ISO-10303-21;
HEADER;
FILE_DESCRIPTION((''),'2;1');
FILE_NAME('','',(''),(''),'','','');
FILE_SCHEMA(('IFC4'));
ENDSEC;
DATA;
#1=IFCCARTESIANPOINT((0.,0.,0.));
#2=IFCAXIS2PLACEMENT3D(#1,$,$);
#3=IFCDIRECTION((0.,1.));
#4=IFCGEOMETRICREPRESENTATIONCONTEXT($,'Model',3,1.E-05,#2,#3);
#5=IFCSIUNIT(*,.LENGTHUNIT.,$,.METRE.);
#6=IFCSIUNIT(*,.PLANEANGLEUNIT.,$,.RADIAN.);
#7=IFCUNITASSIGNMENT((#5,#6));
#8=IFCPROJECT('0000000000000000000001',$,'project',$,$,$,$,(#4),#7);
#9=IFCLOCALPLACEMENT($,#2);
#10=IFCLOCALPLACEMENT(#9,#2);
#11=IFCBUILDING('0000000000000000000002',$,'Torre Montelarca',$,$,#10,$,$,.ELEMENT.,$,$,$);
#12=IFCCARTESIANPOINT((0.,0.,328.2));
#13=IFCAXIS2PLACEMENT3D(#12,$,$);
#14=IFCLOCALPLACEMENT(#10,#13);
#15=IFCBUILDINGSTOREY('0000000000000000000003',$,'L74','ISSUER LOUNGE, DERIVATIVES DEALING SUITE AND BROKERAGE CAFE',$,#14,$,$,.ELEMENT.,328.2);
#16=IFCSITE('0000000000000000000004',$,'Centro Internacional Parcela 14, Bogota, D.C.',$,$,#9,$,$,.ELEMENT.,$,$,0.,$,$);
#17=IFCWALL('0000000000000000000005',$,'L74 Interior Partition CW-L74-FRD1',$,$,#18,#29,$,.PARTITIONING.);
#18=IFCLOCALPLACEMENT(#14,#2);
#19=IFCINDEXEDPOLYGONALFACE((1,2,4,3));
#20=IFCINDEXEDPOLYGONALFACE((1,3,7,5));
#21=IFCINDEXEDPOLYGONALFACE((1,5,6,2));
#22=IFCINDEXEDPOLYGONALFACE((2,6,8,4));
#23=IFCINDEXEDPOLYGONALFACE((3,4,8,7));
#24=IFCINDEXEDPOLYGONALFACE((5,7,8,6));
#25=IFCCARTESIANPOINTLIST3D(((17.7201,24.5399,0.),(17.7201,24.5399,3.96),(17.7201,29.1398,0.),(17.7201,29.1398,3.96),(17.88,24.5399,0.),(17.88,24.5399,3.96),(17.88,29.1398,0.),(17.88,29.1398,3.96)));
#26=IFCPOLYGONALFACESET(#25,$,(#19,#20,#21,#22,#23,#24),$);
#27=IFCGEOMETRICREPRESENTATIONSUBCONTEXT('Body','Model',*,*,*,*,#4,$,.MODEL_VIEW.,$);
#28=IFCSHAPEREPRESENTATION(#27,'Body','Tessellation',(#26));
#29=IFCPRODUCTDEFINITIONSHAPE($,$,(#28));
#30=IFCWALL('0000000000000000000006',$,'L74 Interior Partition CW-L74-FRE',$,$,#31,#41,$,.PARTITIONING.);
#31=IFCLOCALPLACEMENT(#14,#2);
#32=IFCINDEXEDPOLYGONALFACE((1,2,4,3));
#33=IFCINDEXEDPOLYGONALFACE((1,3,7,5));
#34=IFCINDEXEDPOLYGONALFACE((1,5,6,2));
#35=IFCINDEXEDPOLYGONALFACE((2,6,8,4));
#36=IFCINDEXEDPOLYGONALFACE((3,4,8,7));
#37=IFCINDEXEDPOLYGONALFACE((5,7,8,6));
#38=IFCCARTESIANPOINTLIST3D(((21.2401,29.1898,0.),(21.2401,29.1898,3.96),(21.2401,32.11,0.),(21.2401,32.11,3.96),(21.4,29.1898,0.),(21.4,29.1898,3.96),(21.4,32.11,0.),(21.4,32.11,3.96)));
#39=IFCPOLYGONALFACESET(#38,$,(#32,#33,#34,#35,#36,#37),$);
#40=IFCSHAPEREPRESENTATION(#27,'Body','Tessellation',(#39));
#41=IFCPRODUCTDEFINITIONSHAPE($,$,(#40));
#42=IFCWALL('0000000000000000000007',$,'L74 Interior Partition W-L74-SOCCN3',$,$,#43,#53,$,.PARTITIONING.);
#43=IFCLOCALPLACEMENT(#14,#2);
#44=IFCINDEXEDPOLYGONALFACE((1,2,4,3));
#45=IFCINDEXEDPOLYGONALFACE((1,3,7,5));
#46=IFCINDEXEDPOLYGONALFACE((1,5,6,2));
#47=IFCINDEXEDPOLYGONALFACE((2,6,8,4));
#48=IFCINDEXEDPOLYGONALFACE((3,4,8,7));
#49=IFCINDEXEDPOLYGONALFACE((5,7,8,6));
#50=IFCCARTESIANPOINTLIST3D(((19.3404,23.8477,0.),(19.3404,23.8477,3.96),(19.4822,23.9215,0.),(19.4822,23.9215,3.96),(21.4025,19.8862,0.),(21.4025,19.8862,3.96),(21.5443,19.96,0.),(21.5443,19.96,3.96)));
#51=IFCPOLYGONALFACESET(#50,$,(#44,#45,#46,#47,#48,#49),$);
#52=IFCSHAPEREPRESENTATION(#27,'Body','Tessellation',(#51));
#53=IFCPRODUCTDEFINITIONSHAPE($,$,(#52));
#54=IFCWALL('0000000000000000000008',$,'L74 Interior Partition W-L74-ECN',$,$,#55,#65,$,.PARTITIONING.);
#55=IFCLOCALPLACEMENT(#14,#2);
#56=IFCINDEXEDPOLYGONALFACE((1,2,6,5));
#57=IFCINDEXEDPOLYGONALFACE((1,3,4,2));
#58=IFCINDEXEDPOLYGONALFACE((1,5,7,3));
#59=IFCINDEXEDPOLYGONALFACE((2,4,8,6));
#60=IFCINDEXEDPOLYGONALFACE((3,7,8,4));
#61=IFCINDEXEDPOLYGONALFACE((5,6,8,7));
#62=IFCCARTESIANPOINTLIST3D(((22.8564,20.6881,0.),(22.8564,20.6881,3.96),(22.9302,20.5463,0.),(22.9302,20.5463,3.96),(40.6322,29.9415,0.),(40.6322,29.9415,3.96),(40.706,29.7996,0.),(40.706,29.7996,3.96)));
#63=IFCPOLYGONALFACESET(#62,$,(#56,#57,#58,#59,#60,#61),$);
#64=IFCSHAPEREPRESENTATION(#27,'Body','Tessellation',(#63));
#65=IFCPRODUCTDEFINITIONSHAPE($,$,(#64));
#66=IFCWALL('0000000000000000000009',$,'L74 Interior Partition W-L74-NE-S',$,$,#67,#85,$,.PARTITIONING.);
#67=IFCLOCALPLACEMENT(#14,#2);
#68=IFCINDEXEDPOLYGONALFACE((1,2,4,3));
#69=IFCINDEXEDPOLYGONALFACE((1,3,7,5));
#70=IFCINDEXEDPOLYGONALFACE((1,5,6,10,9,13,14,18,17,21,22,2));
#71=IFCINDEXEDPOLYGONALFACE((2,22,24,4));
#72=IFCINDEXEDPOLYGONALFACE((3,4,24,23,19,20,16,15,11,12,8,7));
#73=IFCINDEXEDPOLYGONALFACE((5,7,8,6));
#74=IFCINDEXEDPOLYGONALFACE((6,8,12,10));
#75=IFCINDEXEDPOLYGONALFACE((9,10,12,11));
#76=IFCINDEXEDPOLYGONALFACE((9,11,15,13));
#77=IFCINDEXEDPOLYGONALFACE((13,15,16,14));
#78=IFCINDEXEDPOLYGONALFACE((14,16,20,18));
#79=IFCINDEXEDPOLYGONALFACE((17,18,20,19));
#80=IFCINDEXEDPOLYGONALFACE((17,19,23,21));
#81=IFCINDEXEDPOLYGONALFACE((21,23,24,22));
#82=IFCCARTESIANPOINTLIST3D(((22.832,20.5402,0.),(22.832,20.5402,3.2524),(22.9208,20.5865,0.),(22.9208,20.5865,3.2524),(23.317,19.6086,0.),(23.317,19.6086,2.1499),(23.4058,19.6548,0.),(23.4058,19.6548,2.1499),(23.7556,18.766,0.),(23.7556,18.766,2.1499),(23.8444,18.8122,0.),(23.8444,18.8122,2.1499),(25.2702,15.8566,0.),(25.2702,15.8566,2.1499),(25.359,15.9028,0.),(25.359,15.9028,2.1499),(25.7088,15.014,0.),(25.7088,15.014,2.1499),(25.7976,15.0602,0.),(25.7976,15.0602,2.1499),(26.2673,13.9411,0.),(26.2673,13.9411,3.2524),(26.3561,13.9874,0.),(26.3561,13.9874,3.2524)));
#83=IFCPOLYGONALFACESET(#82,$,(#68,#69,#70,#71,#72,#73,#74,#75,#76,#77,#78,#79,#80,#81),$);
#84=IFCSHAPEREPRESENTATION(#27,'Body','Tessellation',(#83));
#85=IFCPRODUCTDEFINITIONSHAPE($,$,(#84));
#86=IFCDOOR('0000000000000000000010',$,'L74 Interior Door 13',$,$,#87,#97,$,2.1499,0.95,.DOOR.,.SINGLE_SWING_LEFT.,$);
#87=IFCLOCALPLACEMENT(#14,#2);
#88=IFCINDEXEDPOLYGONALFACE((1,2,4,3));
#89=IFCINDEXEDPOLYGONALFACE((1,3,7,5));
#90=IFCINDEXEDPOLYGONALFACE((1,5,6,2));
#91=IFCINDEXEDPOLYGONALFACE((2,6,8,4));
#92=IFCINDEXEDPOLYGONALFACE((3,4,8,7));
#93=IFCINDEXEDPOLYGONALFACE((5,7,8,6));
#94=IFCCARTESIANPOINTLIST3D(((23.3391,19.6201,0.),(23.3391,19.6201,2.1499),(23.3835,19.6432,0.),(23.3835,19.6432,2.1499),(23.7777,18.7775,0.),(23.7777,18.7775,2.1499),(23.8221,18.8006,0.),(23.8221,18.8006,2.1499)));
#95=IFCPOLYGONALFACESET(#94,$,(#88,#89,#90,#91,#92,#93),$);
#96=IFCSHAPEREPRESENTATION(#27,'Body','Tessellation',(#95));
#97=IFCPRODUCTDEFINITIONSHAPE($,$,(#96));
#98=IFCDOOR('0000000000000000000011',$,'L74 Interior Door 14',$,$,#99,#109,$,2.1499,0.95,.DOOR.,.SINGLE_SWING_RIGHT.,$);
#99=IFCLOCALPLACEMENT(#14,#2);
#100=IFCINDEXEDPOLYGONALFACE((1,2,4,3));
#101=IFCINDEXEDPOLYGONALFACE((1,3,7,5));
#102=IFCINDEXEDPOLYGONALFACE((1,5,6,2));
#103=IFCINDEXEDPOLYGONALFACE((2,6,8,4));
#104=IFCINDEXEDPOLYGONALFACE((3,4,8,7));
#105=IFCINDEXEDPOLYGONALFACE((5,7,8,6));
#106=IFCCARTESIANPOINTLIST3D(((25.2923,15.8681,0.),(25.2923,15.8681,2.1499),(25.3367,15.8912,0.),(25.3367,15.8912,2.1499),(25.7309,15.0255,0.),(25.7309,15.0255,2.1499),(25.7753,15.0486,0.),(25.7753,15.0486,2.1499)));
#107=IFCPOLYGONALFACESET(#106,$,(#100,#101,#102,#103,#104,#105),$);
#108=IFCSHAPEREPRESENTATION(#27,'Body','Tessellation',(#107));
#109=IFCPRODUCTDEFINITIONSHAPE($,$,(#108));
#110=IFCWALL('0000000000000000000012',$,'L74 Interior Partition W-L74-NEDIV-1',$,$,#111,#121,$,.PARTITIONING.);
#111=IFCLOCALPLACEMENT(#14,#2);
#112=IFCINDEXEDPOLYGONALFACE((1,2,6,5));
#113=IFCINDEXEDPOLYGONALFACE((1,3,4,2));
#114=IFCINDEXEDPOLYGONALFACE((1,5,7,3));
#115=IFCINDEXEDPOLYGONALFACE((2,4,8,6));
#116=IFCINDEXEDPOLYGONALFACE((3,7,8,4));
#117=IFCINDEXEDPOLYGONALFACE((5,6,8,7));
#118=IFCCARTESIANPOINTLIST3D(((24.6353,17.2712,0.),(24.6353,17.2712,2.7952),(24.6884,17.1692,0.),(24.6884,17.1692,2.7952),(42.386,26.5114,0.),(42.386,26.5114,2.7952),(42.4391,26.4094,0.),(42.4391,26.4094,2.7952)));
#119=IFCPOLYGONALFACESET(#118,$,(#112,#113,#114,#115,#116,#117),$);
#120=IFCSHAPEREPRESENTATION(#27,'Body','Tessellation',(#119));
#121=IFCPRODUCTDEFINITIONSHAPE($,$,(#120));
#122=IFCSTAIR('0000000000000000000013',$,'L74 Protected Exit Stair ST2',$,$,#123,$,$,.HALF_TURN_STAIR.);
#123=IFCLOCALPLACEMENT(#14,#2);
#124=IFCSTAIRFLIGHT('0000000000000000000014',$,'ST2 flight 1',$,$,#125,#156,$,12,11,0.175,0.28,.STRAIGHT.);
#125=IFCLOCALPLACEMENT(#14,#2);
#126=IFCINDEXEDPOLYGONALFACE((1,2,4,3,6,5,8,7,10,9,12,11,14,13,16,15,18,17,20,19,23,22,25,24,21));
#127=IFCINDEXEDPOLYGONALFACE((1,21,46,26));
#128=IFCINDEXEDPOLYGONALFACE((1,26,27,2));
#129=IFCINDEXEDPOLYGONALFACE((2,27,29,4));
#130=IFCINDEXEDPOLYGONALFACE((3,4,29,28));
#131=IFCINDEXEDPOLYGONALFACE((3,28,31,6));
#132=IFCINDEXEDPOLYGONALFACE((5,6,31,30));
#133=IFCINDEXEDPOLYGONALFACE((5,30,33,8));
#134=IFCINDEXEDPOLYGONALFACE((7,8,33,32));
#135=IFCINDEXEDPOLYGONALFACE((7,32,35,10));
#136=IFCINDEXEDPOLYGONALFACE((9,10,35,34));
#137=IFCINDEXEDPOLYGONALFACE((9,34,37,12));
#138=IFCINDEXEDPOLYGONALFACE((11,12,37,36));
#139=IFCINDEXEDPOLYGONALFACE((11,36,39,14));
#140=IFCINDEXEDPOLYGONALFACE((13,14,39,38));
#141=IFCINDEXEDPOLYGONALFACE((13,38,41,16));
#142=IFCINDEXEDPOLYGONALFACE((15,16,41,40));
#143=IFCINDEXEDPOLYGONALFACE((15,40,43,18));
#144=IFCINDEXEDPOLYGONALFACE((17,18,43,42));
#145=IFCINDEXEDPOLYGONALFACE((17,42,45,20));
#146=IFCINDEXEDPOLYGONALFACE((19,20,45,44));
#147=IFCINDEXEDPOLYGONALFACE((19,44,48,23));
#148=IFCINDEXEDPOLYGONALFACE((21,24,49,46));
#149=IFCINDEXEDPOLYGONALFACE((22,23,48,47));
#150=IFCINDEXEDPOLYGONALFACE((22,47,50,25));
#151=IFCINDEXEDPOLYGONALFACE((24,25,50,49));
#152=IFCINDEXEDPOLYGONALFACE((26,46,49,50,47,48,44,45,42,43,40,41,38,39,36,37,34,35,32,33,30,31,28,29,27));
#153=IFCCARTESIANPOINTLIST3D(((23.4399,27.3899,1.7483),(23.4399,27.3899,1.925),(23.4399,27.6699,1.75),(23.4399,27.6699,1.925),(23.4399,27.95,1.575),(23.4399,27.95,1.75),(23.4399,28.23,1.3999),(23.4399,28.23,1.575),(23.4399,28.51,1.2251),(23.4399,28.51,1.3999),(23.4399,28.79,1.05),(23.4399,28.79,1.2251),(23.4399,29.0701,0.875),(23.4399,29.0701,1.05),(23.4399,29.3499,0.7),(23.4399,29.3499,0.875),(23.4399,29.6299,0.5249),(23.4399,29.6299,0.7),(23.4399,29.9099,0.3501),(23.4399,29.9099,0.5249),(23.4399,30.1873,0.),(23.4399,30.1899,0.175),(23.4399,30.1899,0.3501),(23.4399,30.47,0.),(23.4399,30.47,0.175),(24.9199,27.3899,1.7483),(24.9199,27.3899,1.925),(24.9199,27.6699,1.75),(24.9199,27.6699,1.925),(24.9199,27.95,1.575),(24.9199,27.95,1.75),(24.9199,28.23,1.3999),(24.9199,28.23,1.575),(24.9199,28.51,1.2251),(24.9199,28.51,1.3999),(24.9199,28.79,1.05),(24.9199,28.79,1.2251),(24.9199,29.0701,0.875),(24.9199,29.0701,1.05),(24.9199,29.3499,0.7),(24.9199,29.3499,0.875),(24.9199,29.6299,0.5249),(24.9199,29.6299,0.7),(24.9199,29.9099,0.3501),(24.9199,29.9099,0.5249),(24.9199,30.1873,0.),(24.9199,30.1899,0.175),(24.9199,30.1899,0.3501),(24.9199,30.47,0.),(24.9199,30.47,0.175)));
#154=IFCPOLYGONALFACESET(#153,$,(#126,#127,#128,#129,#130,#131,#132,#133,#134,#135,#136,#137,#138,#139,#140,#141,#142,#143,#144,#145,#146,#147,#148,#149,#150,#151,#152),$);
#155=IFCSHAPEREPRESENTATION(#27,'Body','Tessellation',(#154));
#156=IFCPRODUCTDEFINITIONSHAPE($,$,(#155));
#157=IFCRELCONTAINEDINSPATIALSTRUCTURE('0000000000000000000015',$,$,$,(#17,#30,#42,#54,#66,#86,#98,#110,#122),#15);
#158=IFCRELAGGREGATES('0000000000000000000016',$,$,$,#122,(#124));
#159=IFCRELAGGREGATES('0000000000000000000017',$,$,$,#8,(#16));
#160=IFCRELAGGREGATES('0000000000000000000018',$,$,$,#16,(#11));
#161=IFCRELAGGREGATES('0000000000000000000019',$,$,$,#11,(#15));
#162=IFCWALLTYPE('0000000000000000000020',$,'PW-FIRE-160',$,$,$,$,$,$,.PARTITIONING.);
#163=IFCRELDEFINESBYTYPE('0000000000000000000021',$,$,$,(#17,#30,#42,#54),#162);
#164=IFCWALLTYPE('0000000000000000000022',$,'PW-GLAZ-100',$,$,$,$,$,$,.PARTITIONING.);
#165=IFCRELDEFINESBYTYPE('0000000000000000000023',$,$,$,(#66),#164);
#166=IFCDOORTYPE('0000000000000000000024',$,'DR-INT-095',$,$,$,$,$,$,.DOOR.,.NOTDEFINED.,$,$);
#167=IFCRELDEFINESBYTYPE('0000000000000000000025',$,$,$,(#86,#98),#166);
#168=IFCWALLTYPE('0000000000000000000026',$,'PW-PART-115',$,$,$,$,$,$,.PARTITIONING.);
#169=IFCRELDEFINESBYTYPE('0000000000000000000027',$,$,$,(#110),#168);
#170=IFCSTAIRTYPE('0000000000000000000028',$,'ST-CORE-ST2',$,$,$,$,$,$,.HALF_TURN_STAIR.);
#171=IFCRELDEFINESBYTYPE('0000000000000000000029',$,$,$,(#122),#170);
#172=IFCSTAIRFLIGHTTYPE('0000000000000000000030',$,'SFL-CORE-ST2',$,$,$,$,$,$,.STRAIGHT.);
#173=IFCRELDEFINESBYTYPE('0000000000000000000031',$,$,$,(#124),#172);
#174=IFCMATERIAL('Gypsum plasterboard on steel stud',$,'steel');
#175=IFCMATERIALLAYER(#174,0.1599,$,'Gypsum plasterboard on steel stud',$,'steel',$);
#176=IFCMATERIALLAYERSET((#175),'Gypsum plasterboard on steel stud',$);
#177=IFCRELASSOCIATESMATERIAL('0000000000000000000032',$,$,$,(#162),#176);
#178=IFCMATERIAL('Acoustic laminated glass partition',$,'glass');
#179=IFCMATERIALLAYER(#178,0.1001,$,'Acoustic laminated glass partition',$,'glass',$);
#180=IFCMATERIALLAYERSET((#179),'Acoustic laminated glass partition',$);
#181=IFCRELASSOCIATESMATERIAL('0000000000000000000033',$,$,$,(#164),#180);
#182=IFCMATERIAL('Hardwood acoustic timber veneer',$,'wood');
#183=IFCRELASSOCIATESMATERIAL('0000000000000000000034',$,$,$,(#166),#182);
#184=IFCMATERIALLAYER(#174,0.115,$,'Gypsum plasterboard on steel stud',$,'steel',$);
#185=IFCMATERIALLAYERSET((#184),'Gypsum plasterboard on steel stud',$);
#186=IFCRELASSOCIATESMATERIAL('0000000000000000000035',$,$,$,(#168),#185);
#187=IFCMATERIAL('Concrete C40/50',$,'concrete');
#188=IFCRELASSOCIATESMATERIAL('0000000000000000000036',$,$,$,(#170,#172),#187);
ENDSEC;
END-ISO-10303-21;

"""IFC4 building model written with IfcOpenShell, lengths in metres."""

from ifc_helpers import new_model, si_unit, direction, frame, frame_2d, origin, place, context, subcontext, project, spatial, polyline, rectangle, outline, extrude, source, transform, mapped, material, layer, layer_set, type_object, element, fill, aggregate, save


model = new_model("IFC4")

# Units and contexts
model_context = context("Model", 3, precision=1e-05, world=origin(), true_north=direction((0.0, 1.0)))
body_context = subcontext(model_context, "Body", "Model", "MODEL_VIEW")
ifc_project = project(units=[si_unit("LENGTHUNIT", "METRE"), si_unit("PLANEANGLEUNIT", "RADIAN")], contexts=[model_context])

# Site, building, storey
site_placement = place(None, origin())
site = spatial("IfcSite", under=ifc_project, at=site_placement, Name="Centro Internacional Parcela 14, Bogota, D.C.", CompositionType="ELEMENT", RefElevation=0.0)
building_placement = place(site_placement, origin())
building = spatial("IfcBuilding", under=site, at=building_placement, Name="Torre Montelarca", CompositionType="ELEMENT")
storey_placement = place(building_placement, frame((0.0, 0.0, 328.2)))
storey = spatial("IfcBuildingStorey", under=building, at=storey_placement, Name="L74", Description="ISSUER LOUNGE, DERIVATIVES DEALING SUITE AND BROKERAGE CAFE", CompositionType="ELEMENT", Elevation=328.2)

# Walls
ifc_material_1 = material(Name="Concrete C40/50", Category="concrete")
ifc_material_2 = material(Name="Gypsum plasterboard on steel stud", Category="steel")
ifc_layer_1 = layer(ifc_material_2, 0.1599, Name="Gypsum plasterboard on steel stud", Category="steel")
ifc_layer_set_1 = layer_set([ifc_layer_1], Name="Gypsum plasterboard on steel stud")
wall_type_1 = type_object("IfcWallType", Name="PW-FIRE-160", PredefinedType="PARTITIONING", material=ifc_layer_set_1)
wall_1_placement = place(storey_placement, frame((17.8, 24.54, 0.0), z_axis=(0.0, 0.0, 1.0), x_axis=(0.0, 1.0, 0.0)))
element("IfcWall", 1, at=wall_1_placement, inside=storey, type_object=wall_type_1, Name="L74 Interior Partition CW-L74-FRD1", PredefinedType="PARTITIONING", context=body_context, shape_type="SweptSolid", body=[
    extrude(rectangle(XDim=4.5999, YDim=0.1599, at=frame_2d((2.2998, 0.0))), origin(), (0.0, 0.0, 1.0), 3.96),
])
wall_2_placement = place(storey_placement, frame((21.3201, 29.1899, 0.0), z_axis=(0.0, 0.0, 1.0), x_axis=(0.0, 1.0, 0.0)))
element("IfcWall", 2, at=wall_2_placement, inside=storey, type_object=wall_type_1, Name="L74 Interior Partition CW-L74-FRE", PredefinedType="PARTITIONING", context=body_context, shape_type="SweptSolid", body=[
    extrude(rectangle(XDim=2.9202, YDim=0.1599, at=frame_2d((1.46, 0.0))), origin(), (0.0, 0.0, 1.0), 3.96),
])
wall_3_placement = place(storey_placement, frame((19.4114, 23.8845, 0.0), z_axis=(0.0, 0.0, 1.0), x_axis=(0.461718, -0.887027, 0.0)))
element("IfcWall", 3, at=wall_3_placement, inside=storey, type_object=wall_type_1, Name="L74 Interior Partition W-L74-SOCCN3", PredefinedType="PARTITIONING", context=body_context, shape_type="SweptSolid", body=[
    extrude(rectangle(XDim=4.4661, YDim=0.1599, at=frame_2d((2.2329, 0.0))), origin(), (0.0, 0.0, 1.0), 3.96),
])
wall_4_placement = place(storey_placement, frame((22.8933, 20.6172, 0.0), z_axis=(0.0, 0.0, 1.0), x_axis=(0.887013, 0.461744, 0.0)))
element("IfcWall", 4, at=wall_4_placement, inside=storey, type_object=wall_type_1, Name="L74 Interior Partition W-L74-ECN", PredefinedType="PARTITIONING", context=body_context, shape_type="SweptSolid", body=[
    extrude(rectangle(XDim=20.04, YDim=0.1599, at=frame_2d((10.02, 0.0))), origin(), (0.0, 0.0, 1.0), 3.96),
])

# Wall, openings, doors
ifc_material_3 = material(Name="Acoustic laminated glass partition", Category="glass")
ifc_layer_2 = layer(ifc_material_3, 0.1001, Name="Acoustic laminated glass partition", Category="glass")
ifc_layer_set_2 = layer_set([ifc_layer_2], Name="Acoustic laminated glass partition")
wall_type_2 = type_object("IfcWallType", Name="PW-GLAZ-100", PredefinedType="PARTITIONING", material=ifc_layer_set_2)
wall_5_placement = place(storey_placement, frame((22.8765, 20.5632, 0.0), z_axis=(0.0, 0.0, 1.0), x_axis=(0.46175, -0.88701, 0.0)))
wall_5 = element("IfcWall", 5, at=wall_5_placement, inside=storey, type_object=wall_type_2, Name="L74 Interior Partition W-L74-NE-S", PredefinedType="PARTITIONING", context=body_context, shape_type="SweptSolid", body=[
    extrude(rectangle(XDim=7.4397, YDim=0.1001, at=frame_2d((3.7197, 0.0))), origin(), (0.0, 0.0, 1.0), 3.2524),
])
opening_1_placement = place(wall_5_placement, frame((1.05, 0.0, 0.0)))
opening_1 = element("IfcOpeningElement", 6, at=opening_1_placement, cuts=wall_5, PredefinedType="OPENING", context=body_context, shape_type="SweptSolid", body=[
    extrude(rectangle(XDim=0.95, YDim=2.1499, at=frame_2d((0.4751, 1.075))), frame((0.0, 0.0601, 0.0), z_axis=(0.0, -1.0, 0.0), x_axis=(1.0, 0.0, 0.0)), (0.0, 0.0, 1.0), 0.1201),
])
opening_2_placement = place(wall_5_placement, frame((5.28, 0.0, 0.0)))
opening_2 = element("IfcOpeningElement", 7, at=opening_2_placement, cuts=wall_5, PredefinedType="OPENING", context=body_context, shape_type="SweptSolid", body=[
    extrude(rectangle(XDim=0.95, YDim=2.1499, at=frame_2d((0.4751, 1.075))), frame((0.0, 0.0601, 0.0), z_axis=(0.0, -1.0, 0.0), x_axis=(1.0, 0.0, 0.0)), (0.0, 0.0, 1.0), 0.1201),
])
ifc_material_4 = material(Name="Hardwood acoustic timber veneer", Category="wood")
door_type = type_object("IfcDoorType", Name="DR-INT-095", OperationType="NOTDEFINED", PredefinedType="DOOR", material=ifc_material_4)
shared_shape_1 = source(origin(), body_context, "Body", "SweptSolid", [
    extrude(rectangle(XDim=0.95, YDim=2.1499, at=frame_2d((0.4751, 1.075))), frame((0.0, 0.0249, 0.0), z_axis=(0.0, -1.0, 0.0), x_axis=(1.0, 0.0, 0.0)), (0.0, 0.0, 1.0), 0.05),
])
door_1_placement = place(opening_1_placement, origin())
door_1 = element("IfcDoor", 8, at=door_1_placement, inside=storey, type_object=door_type, Name="L74 Interior Door 13", OperationType="SINGLE_SWING_LEFT", OverallHeight=2.1499, OverallWidth=0.95, PredefinedType="DOOR", context=body_context, shape_type="MappedRepresentation", body=[
    mapped(shared_shape_1, transform((0.0, 0.0, 0.0), scale=1.0)),
])
fill(opening_1, door_1)
door_2_placement = place(opening_2_placement, origin())
door_2 = element("IfcDoor", 9, at=door_2_placement, inside=storey, type_object=door_type, Name="L74 Interior Door 14", OperationType="SINGLE_SWING_RIGHT", OverallHeight=2.1499, OverallWidth=0.95, PredefinedType="DOOR", context=body_context, shape_type="MappedRepresentation", body=[
    mapped(shared_shape_1, transform((0.0, 0.0, 0.0), scale=1.0)),
])
fill(opening_2, door_2)

# Wall
ifc_layer_3 = layer(ifc_material_2, 0.115, Name="Gypsum plasterboard on steel stud", Category="steel")
ifc_layer_set_3 = layer_set([ifc_layer_3], Name="Gypsum plasterboard on steel stud")
wall_type_3 = type_object("IfcWallType", Name="PW-PART-115", PredefinedType="PARTITIONING", material=ifc_layer_set_3)
wall_6_placement = place(storey_placement, frame((24.6619, 17.2202, 0.0), z_axis=(0.0, 0.0, 1.0), x_axis=(0.887015, 0.46174, 0.0)))
element("IfcWall", 10, at=wall_6_placement, inside=storey, type_object=wall_type_3, Name="L74 Interior Partition W-L74-NEDIV-1", PredefinedType="PARTITIONING", context=body_context, shape_type="SweptSolid", body=[
    extrude(rectangle(XDim=20.0117, YDim=0.115, at=frame_2d((10.0059, 0.0))), origin(), (0.0, 0.0, 1.0), 2.7952),
])

# Stair, stair flight
stair_type = type_object("IfcStairType", Name="ST-CORE-ST2", PredefinedType="HALF_TURN_STAIR", material=ifc_material_1)
stair_placement = place(storey_placement, origin())
stair = element("IfcStair", 11, at=stair_placement, inside=storey, type_object=stair_type, Name="L74 Protected Exit Stair ST2", PredefinedType="HALF_TURN_STAIR")
stair_flight_type = type_object("IfcStairFlightType", Name="SFL-CORE-ST2", PredefinedType="STRAIGHT", material=ifc_material_1)
stair_flight_1_placement = place(storey_placement, frame((24.1799, 30.47, 0.0), z_axis=(0.0, 0.0, 1.0), x_axis=(0.0, -1.0, 0.0)))
stair_flight_1 = element("IfcStairFlight", 12, at=stair_flight_1_placement, type_object=stair_flight_type, Name="ST2 flight 1", NumberOfRisers=12, NumberOfTreads=11, PredefinedType="STRAIGHT", RiserHeight=0.175, TreadLength=0.28, context=body_context, shape_type="SweptSolid", body=[
    extrude(outline(polyline([(0.0, 0.0), (0.0, 0.175), (0.28, 0.175), (0.28, 0.3501), (0.5601, 0.3501), (0.5601, 0.5249), (0.8401, 0.5249), (0.8401, 0.7), (1.1201, 0.7), (1.1201, 0.875), (1.3999, 0.875), (1.3999, 1.05), (1.6799, 1.05), (1.6799, 1.2251), (1.96, 1.2251), (1.96, 1.3999), (2.24, 1.3999), (2.24, 1.575), (2.52, 1.575), (2.52, 1.75), (2.8, 1.75), (2.8, 1.925), (3.0801, 1.925), (3.0801, 2.1001), (3.0801, 1.7483), (0.2827, 0.0), (0.0, 0.0)])), frame((0.0, 0.74, 0.0), z_axis=(0.0, -1.0, 0.0), x_axis=(1.0, 0.0, 0.0)), (0.0, 0.0, 1.0), 1.48),
])
aggregate(stair, [stair_flight_1])

save(model, "model.ifc")
